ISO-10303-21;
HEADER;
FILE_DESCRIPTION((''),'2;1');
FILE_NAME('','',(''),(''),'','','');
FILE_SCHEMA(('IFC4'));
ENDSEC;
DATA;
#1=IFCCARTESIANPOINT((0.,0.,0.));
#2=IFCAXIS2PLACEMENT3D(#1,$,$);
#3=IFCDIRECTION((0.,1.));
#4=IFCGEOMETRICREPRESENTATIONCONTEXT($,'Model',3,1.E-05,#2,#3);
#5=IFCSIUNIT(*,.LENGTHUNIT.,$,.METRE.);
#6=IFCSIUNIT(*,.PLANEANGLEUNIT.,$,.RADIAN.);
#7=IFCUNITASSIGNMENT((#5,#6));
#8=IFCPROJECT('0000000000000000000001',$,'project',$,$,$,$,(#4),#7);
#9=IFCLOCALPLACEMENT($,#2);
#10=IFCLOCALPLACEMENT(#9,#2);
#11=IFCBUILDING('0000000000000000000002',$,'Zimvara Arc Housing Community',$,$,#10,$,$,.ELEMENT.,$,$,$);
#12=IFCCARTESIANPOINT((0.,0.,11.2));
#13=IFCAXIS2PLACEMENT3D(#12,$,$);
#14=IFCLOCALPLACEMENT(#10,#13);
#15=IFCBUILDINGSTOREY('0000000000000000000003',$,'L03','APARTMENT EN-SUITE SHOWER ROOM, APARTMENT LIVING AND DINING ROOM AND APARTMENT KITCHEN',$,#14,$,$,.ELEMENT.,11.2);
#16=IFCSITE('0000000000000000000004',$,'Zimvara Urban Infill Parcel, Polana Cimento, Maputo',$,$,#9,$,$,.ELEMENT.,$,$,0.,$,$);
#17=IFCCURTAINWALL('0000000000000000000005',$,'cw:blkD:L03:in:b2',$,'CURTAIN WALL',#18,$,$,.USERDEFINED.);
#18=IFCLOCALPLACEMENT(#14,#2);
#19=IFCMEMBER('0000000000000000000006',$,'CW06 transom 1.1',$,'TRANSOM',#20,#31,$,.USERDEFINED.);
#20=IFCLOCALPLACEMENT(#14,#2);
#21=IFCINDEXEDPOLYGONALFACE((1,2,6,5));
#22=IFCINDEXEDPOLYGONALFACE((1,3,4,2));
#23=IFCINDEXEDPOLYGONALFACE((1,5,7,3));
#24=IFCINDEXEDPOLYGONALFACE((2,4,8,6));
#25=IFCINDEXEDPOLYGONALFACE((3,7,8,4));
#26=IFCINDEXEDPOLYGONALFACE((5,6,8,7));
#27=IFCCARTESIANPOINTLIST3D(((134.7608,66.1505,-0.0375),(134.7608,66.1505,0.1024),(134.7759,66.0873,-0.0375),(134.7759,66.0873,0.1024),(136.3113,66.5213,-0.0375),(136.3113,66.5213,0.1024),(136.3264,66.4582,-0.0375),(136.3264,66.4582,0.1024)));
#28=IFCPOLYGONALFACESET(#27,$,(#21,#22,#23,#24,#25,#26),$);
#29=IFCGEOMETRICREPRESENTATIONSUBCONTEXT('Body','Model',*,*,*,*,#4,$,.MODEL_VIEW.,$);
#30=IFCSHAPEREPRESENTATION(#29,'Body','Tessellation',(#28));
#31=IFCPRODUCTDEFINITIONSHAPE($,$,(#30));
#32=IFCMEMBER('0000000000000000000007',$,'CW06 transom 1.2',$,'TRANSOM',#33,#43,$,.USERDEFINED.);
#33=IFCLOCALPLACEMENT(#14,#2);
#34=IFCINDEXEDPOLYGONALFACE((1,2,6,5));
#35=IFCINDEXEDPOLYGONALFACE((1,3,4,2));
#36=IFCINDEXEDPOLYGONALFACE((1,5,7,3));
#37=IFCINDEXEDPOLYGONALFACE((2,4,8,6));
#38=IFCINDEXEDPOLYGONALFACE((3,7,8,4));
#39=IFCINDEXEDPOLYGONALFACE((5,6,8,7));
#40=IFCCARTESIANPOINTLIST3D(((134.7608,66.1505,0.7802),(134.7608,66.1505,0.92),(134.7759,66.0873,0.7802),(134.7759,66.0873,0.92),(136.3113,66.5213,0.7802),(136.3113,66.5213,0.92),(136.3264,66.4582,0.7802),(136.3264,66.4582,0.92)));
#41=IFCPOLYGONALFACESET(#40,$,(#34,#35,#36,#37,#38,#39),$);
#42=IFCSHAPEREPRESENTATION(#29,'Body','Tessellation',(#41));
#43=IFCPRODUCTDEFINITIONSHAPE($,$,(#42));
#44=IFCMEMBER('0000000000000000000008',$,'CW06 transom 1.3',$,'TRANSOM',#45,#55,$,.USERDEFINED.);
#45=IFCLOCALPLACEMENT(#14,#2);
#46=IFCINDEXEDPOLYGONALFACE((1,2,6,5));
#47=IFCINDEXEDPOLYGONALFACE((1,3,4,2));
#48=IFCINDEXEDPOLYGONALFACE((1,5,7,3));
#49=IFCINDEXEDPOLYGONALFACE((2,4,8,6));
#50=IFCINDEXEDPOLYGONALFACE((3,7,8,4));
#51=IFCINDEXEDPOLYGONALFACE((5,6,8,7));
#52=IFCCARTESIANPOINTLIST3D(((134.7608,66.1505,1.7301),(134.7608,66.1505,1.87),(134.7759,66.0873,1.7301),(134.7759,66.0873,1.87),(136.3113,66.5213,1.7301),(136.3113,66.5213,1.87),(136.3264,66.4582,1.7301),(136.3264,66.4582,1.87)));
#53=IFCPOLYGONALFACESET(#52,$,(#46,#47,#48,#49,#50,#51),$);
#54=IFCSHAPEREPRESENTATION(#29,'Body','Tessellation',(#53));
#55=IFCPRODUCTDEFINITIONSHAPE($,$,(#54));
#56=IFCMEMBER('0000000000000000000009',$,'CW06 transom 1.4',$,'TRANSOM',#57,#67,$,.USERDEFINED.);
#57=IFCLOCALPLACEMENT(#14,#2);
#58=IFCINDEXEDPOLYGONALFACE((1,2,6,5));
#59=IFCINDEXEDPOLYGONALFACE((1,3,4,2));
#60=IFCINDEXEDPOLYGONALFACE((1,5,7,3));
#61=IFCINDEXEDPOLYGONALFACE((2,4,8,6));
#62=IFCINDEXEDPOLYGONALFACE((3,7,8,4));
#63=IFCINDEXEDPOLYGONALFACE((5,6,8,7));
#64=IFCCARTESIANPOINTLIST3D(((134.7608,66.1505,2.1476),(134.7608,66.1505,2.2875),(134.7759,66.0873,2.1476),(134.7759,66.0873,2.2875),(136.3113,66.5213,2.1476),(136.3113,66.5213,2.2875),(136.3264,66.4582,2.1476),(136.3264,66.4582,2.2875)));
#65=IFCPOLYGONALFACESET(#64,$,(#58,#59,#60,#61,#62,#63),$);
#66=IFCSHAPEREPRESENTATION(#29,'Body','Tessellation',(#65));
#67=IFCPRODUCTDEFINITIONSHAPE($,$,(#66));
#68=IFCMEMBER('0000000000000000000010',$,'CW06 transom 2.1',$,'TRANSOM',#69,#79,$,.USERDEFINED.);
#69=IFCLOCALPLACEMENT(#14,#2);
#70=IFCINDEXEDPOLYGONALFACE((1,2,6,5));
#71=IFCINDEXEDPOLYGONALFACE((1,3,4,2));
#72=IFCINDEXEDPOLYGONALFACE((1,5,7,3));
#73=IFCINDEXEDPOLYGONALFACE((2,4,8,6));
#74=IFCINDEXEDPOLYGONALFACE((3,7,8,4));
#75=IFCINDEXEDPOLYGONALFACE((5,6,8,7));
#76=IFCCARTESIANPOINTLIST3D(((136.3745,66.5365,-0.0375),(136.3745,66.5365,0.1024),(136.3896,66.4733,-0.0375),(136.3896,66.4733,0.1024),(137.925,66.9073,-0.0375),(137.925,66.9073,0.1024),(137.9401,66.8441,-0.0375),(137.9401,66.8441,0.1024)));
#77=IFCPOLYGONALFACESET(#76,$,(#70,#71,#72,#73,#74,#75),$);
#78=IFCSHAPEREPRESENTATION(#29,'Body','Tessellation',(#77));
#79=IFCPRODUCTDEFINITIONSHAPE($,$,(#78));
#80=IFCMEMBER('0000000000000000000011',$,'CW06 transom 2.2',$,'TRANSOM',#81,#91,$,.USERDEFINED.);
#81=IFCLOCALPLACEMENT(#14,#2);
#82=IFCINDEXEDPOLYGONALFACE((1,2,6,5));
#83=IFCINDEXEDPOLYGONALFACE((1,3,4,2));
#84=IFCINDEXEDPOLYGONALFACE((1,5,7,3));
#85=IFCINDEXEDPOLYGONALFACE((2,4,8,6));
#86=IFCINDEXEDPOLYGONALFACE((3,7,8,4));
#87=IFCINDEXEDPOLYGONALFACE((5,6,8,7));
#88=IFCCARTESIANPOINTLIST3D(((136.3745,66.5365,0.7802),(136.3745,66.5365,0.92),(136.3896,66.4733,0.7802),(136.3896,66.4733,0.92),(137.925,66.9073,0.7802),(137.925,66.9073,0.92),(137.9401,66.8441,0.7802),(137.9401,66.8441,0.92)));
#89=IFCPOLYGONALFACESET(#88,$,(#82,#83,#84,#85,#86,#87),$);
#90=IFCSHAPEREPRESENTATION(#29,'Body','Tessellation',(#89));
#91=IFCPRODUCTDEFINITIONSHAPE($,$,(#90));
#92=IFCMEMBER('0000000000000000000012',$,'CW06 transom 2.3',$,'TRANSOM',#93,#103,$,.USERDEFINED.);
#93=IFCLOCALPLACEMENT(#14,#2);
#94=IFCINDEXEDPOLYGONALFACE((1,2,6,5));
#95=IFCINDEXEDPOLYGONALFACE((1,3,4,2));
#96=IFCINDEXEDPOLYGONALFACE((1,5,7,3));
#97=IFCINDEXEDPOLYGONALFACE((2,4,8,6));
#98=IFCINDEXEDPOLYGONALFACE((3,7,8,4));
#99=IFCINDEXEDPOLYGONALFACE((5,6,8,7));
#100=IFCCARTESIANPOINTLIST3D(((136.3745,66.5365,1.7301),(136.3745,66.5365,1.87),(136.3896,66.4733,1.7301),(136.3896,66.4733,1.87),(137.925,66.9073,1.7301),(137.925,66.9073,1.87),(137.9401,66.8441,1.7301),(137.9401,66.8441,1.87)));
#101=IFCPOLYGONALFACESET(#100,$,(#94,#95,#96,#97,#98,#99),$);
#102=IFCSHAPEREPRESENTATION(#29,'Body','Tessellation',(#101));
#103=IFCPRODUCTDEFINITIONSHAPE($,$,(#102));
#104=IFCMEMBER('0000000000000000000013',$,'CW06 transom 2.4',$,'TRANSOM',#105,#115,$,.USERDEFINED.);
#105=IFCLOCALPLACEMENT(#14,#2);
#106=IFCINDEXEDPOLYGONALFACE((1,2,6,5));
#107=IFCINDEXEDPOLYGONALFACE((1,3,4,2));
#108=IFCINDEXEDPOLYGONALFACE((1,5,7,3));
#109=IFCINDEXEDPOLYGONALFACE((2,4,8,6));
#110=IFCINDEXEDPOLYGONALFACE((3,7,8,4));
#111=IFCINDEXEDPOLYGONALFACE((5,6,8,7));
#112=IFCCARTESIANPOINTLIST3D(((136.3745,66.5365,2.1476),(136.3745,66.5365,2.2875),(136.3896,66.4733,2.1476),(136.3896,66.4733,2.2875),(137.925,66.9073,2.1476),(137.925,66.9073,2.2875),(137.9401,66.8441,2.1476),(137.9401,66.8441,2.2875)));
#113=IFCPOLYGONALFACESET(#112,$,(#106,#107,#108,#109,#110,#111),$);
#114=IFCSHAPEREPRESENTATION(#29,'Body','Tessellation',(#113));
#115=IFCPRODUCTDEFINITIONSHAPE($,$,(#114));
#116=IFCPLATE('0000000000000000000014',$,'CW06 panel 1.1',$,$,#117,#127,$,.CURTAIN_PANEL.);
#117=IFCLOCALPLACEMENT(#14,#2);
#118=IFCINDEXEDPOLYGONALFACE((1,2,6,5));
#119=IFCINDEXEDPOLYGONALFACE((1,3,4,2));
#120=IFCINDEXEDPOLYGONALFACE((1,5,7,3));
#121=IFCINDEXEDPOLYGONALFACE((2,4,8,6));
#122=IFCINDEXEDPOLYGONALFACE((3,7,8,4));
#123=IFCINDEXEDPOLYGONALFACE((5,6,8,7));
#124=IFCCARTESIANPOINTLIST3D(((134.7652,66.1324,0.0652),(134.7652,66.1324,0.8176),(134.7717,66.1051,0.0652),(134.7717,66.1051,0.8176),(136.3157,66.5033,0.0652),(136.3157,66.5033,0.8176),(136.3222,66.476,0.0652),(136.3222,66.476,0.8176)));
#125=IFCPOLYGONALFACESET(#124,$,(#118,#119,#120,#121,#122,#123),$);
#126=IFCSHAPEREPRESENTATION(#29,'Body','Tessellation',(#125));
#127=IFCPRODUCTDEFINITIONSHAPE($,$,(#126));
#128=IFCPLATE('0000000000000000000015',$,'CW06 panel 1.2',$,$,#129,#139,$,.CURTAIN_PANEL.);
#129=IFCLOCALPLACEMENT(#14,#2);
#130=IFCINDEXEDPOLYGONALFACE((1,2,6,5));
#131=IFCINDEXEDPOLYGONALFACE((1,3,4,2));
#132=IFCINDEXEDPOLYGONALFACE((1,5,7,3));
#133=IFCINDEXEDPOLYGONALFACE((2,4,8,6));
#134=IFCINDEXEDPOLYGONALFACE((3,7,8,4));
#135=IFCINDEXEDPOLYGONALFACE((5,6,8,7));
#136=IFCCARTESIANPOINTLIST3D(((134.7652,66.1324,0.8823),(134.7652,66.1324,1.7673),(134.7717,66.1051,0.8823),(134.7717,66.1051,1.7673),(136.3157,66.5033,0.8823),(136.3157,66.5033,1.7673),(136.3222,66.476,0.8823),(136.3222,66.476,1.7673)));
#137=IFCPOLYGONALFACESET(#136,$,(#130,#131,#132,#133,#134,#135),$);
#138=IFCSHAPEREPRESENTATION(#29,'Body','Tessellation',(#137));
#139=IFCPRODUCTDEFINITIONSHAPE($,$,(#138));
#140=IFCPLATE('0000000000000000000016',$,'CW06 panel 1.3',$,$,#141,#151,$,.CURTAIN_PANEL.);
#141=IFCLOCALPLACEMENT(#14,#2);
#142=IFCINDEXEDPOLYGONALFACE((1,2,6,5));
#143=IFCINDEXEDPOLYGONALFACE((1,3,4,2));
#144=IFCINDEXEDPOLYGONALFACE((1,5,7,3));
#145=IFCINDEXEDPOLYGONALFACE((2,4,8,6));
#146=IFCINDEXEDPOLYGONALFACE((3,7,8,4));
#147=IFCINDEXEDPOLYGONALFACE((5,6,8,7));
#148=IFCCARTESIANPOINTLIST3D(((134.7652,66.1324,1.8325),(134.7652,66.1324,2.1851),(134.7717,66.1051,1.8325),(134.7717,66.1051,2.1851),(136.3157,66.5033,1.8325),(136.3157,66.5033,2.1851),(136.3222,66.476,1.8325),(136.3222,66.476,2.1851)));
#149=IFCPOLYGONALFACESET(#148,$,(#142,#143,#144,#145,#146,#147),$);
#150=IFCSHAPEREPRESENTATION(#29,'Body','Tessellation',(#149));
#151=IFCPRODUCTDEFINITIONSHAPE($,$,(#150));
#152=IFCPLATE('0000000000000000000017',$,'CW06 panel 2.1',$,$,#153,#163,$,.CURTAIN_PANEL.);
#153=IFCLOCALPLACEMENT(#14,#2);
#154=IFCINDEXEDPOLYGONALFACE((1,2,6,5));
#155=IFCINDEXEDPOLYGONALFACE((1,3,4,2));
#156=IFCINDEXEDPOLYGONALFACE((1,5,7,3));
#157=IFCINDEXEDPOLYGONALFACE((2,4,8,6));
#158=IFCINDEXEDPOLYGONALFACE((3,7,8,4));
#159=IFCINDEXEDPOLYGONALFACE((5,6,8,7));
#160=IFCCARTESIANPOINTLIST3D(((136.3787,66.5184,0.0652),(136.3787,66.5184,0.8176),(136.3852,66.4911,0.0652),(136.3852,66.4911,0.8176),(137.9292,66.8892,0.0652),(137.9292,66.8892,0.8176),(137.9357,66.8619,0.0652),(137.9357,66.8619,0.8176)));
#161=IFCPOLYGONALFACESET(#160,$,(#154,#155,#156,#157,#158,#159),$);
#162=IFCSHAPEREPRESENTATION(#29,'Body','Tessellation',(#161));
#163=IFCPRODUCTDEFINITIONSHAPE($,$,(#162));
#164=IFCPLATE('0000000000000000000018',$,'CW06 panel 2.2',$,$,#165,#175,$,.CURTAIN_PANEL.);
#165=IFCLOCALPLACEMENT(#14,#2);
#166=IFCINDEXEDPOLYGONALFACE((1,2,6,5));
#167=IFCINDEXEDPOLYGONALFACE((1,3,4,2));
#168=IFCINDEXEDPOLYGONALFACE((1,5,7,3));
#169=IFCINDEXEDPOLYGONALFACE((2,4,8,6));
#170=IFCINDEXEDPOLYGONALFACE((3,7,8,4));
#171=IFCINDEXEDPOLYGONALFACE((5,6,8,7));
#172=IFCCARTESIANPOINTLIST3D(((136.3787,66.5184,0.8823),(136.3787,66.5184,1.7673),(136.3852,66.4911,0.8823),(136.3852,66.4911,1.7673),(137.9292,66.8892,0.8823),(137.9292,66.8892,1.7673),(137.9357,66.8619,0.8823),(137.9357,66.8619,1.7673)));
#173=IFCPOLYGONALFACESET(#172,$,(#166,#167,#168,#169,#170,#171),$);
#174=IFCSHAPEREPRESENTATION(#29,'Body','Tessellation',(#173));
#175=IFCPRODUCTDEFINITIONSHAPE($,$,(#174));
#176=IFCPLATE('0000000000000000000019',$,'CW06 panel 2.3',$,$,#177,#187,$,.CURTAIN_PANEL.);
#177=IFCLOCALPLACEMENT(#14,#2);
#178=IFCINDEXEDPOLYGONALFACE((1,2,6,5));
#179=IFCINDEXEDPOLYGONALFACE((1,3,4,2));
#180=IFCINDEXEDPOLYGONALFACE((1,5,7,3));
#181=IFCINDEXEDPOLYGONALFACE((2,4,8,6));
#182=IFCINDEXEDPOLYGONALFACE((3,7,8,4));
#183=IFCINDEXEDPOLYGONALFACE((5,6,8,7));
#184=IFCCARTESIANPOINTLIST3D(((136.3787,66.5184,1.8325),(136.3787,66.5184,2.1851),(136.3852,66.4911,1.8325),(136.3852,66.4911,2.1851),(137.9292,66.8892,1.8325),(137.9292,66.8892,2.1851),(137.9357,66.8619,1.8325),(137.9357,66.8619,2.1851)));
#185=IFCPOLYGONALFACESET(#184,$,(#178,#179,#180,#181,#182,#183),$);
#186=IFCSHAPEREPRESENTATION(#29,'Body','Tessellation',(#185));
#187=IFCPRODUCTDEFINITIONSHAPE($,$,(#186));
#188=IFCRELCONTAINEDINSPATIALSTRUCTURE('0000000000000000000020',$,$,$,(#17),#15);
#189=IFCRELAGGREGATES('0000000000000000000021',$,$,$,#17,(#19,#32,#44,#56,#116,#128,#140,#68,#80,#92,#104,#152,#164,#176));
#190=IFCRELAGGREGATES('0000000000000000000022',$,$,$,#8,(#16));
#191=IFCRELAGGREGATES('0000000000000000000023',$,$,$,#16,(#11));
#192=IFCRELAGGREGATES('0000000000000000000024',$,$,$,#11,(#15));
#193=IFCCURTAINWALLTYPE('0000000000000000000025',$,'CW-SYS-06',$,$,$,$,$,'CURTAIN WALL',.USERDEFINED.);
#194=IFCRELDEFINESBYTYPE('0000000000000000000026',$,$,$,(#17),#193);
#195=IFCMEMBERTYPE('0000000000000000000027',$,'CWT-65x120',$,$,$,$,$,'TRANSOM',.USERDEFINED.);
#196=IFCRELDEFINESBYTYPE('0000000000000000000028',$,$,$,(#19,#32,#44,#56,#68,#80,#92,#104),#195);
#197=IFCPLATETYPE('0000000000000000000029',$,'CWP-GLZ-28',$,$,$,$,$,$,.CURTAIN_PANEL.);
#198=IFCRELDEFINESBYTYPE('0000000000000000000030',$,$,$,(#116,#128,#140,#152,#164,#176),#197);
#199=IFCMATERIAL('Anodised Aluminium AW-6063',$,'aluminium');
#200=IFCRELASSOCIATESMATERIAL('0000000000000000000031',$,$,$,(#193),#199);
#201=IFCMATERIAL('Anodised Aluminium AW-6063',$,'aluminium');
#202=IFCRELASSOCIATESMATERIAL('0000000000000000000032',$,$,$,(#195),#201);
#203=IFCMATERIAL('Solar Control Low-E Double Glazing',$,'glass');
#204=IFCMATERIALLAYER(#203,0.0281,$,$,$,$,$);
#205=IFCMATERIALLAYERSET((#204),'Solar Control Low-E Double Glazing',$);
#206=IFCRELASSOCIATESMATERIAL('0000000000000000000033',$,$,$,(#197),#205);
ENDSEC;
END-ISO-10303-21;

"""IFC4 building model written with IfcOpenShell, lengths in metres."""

from ifc_helpers import new_model, si_unit, direction, frame, origin, origin_2d, place, context, subcontext, project, spatial, rectangle, extrude, material, layer, layer_set, material_profile, profile_set, type_object, element, aggregate, save


model = new_model("IFC4")

# Units and contexts
model_context = context("Model", 3, precision=1e-05, world=origin(), true_north=direction((0.0, 1.0)))
body_context = subcontext(model_context, "Body", "Model", "MODEL_VIEW")
ifc_project = project(units=[si_unit("LENGTHUNIT", "METRE"), si_unit("PLANEANGLEUNIT", "RADIAN")], contexts=[model_context])

# Site, building, storey
site_placement = place(None, origin())
site = spatial("IfcSite", under=ifc_project, at=site_placement, Name="Zimvara Urban Infill Parcel, Polana Cimento, Maputo", CompositionType="ELEMENT", RefElevation=0.0)
building_placement = place(site_placement, origin())
building = spatial("IfcBuilding", under=site, at=building_placement, Name="Zimvara Arc Housing Community", CompositionType="ELEMENT")
storey_placement = place(building_placement, frame((0.0, 0.0, 11.2)))
storey = spatial("IfcBuildingStorey", under=building, at=storey_placement, Name="L03", Description="APARTMENT EN-SUITE SHOWER ROOM, APARTMENT LIVING AND DINING ROOM AND APARTMENT KITCHEN", CompositionType="ELEMENT", Elevation=11.2)

# Curtain wall, members, plates
ifc_material_1 = material(Name="Anodised Aluminium AW-6063", Category="aluminium")
curtain_wall_type = type_object("IfcCurtainWallType", Name="CW-SYS-06", ElementType="CURTAIN WALL", PredefinedType="USERDEFINED", material=ifc_material_1)
curtain_wall_placement = place(storey_placement, origin())
curtain_wall = element("IfcCurtainWall", 1, at=curtain_wall_placement, inside=storey, type_object=curtain_wall_type, Name="cw:blkD:L03:in:b2", ObjectType="CURTAIN WALL", PredefinedType="USERDEFINED")
ifc_material_2 = material(Name="Anodised Aluminium AW-6063", Category="aluminium")
ifc_material_profile_1 = material_profile(ifc_material_2, rectangle(XDim=0.0649, YDim=0.1399, at=origin_2d()), Name="ALU 65x140")
ifc_profile_set_1 = profile_set([ifc_material_profile_1], Name="Anodised Aluminium AW-6063")
member_type_1 = type_object("IfcMemberType", Name="CWT-65x120", ElementType="TRANSOM", PredefinedType="USERDEFINED", material=ifc_profile_set_1)
member_1_placement = place(storey_placement, frame((134.7683, 66.1189, 0.0325), z_axis=(0.972569, 0.232614, 0.0), x_axis=(-0.232614, 0.972569, 0.0)))
member_1 = element("IfcMember", 2, at=member_1_placement, type_object=member_type_1, Name="CW06 transom 1.1", ObjectType="TRANSOM", PredefinedType="USERDEFINED", context=body_context, shape_type="SweptSolid", body=[
    extrude(rectangle(XDim=0.0649, YDim=0.1399, at=origin_2d()), origin(), (0.0, 0.0, 1.0), 1.5942),
])
member_2_placement = place(storey_placement, frame((134.7683, 66.1189, 0.8501), z_axis=(0.972569, 0.232614, 0.0), x_axis=(-0.232614, 0.972569, 0.0)))
member_2 = element("IfcMember", 3, at=member_2_placement, type_object=member_type_1, Name="CW06 transom 1.2", ObjectType="TRANSOM", PredefinedType="USERDEFINED", context=body_context, shape_type="SweptSolid", body=[
    extrude(rectangle(XDim=0.0649, YDim=0.1399, at=origin_2d()), origin(), (0.0, 0.0, 1.0), 1.5942),
])
member_3_placement = place(storey_placement, frame((134.7683, 66.1189, 1.8), z_axis=(0.972569, 0.232614, 0.0), x_axis=(-0.232614, 0.972569, 0.0)))
member_3 = element("IfcMember", 4, at=member_3_placement, type_object=member_type_1, Name="CW06 transom 1.3", ObjectType="TRANSOM", PredefinedType="USERDEFINED", context=body_context, shape_type="SweptSolid", body=[
    extrude(rectangle(XDim=0.0649, YDim=0.1399, at=origin_2d()), origin(), (0.0, 0.0, 1.0), 1.5942),
])
member_4_placement = place(storey_placement, frame((134.7683, 66.1189, 2.2175), z_axis=(0.972569, 0.232614, 0.0), x_axis=(-0.232614, 0.972569, 0.0)))
member_4 = element("IfcMember", 5, at=member_4_placement, type_object=member_type_1, Name="CW06 transom 1.4", ObjectType="TRANSOM", PredefinedType="USERDEFINED", context=body_context, shape_type="SweptSolid", body=[
    extrude(rectangle(XDim=0.0649, YDim=0.1399, at=origin_2d()), origin(), (0.0, 0.0, 1.0), 1.5942),
])
member_5_placement = place(storey_placement, frame((136.3821, 66.5049, 0.0325), z_axis=(0.972569, 0.232614, 0.0), x_axis=(-0.232614, 0.972569, 0.0)))
member_5 = element("IfcMember", 6, at=member_5_placement, type_object=member_type_1, Name="CW06 transom 2.1", ObjectType="TRANSOM", PredefinedType="USERDEFINED", context=body_context, shape_type="SweptSolid", body=[
    extrude(rectangle(XDim=0.0649, YDim=0.1399, at=origin_2d()), origin(), (0.0, 0.0, 1.0), 1.5942),
])
member_6_placement = place(storey_placement, frame((136.3821, 66.5049, 0.8501), z_axis=(0.972569, 0.232614, 0.0), x_axis=(-0.232614, 0.972569, 0.0)))
member_6 = element("IfcMember", 7, at=member_6_placement, type_object=member_type_1, Name="CW06 transom 2.2", ObjectType="TRANSOM", PredefinedType="USERDEFINED", context=body_context, shape_type="SweptSolid", body=[
    extrude(rectangle(XDim=0.0649, YDim=0.1399, at=origin_2d()), origin(), (0.0, 0.0, 1.0), 1.5942),
])
member_7_placement = place(storey_placement, frame((136.3821, 66.5049, 1.8), z_axis=(0.972569, 0.232614, 0.0), x_axis=(-0.232614, 0.972569, 0.0)))
member_7 = element("IfcMember", 8, at=member_7_placement, type_object=member_type_1, Name="CW06 transom 2.3", ObjectType="TRANSOM", PredefinedType="USERDEFINED", context=body_context, shape_type="SweptSolid", body=[
    extrude(rectangle(XDim=0.0649, YDim=0.1399, at=origin_2d()), origin(), (0.0, 0.0, 1.0), 1.5942),
])
member_8_placement = place(storey_placement, frame((136.3821, 66.5049, 2.2175), z_axis=(0.972569, 0.232614, 0.0), x_axis=(-0.232614, 0.972569, 0.0)))
member_8 = element("IfcMember", 9, at=member_8_placement, type_object=member_type_1, Name="CW06 transom 2.4", ObjectType="TRANSOM", PredefinedType="USERDEFINED", context=body_context, shape_type="SweptSolid", body=[
    extrude(rectangle(XDim=0.0649, YDim=0.1399, at=origin_2d()), origin(), (0.0, 0.0, 1.0), 1.5942),
])
ifc_material_3 = material(Name="Solar Control Low-E Double Glazing", Category="glass")
ifc_layer_1 = layer(ifc_material_3, 0.0281)
ifc_layer_set_1 = layer_set([ifc_layer_1], Name="Solar Control Low-E Double Glazing")
plate_type = type_object("IfcPlateType", Name="CWP-GLZ-28", PredefinedType="CURTAIN_PANEL", material=ifc_layer_set_1)
plate_1_placement = place(storey_placement, frame((135.5437, 66.3042, 0.0652), z_axis=(0.0, 0.0, 1.0), x_axis=(0.972573, 0.232596, 0.0)))
plate_1 = element("IfcPlate", 10, at=plate_1_placement, type_object=plate_type, Name="CW06 panel 1.1", PredefinedType="CURTAIN_PANEL", context=body_context, shape_type="SweptSolid", body=[
    extrude(rectangle(XDim=1.5942, YDim=0.0281, at=origin_2d()), origin(), (0.0, 0.0, 1.0), 0.7524),
])
plate_2_placement = place(storey_placement, frame((135.5437, 66.3042, 0.8823), z_axis=(0.0, 0.0, 1.0), x_axis=(0.972573, 0.232596, 0.0)))
plate_2 = element("IfcPlate", 11, at=plate_2_placement, type_object=plate_type, Name="CW06 panel 1.2", PredefinedType="CURTAIN_PANEL", context=body_context, shape_type="SweptSolid", body=[
    extrude(rectangle(XDim=1.5942, YDim=0.0281, at=origin_2d()), origin(), (0.0, 0.0, 1.0), 0.885),
])
plate_3_placement = place(storey_placement, frame((135.5437, 66.3042, 1.8325), z_axis=(0.0, 0.0, 1.0), x_axis=(0.972573, 0.232596, 0.0)))
plate_3 = element("IfcPlate", 12, at=plate_3_placement, type_object=plate_type, Name="CW06 panel 1.3", PredefinedType="CURTAIN_PANEL", context=body_context, shape_type="SweptSolid", body=[
    extrude(rectangle(XDim=1.5942, YDim=0.0281, at=origin_2d()), origin(), (0.0, 0.0, 1.0), 0.3525),
])
plate_4_placement = place(storey_placement, frame((137.1572, 66.6902, 0.0652), z_axis=(0.0, 0.0, 1.0), x_axis=(0.972573, 0.232596, 0.0)))
plate_4 = element("IfcPlate", 13, at=plate_4_placement, type_object=plate_type, Name="CW06 panel 2.1", PredefinedType="CURTAIN_PANEL", context=body_context, shape_type="SweptSolid", body=[
    extrude(rectangle(XDim=1.5942, YDim=0.0281, at=origin_2d()), origin(), (0.0, 0.0, 1.0), 0.7524),
])
plate_5_placement = place(storey_placement, frame((137.1572, 66.6902, 0.8823), z_axis=(0.0, 0.0, 1.0), x_axis=(0.972573, 0.232596, 0.0)))
plate_5 = element("IfcPlate", 14, at=plate_5_placement, type_object=plate_type, Name="CW06 panel 2.2", PredefinedType="CURTAIN_PANEL", context=body_context, shape_type="SweptSolid", body=[
    extrude(rectangle(XDim=1.5942, YDim=0.0281, at=origin_2d()), origin(), (0.0, 0.0, 1.0), 0.885),
])
plate_6_placement = place(storey_placement, frame((137.1572, 66.6902, 1.8325), z_axis=(0.0, 0.0, 1.0), x_axis=(0.972573, 0.232596, 0.0)))
plate_6 = element("IfcPlate", 15, at=plate_6_placement, type_object=plate_type, Name="CW06 panel 2.3", PredefinedType="CURTAIN_PANEL", context=body_context, shape_type="SweptSolid", body=[
    extrude(rectangle(XDim=1.5942, YDim=0.0281, at=origin_2d()), origin(), (0.0, 0.0, 1.0), 0.3525),
])
aggregate(curtain_wall, [member_1, member_2, member_3, member_4, plate_1, plate_2, plate_3, member_5, member_6, member_7, member_8, plate_4, plate_5, plate_6])

save(model, "model.ifc")
